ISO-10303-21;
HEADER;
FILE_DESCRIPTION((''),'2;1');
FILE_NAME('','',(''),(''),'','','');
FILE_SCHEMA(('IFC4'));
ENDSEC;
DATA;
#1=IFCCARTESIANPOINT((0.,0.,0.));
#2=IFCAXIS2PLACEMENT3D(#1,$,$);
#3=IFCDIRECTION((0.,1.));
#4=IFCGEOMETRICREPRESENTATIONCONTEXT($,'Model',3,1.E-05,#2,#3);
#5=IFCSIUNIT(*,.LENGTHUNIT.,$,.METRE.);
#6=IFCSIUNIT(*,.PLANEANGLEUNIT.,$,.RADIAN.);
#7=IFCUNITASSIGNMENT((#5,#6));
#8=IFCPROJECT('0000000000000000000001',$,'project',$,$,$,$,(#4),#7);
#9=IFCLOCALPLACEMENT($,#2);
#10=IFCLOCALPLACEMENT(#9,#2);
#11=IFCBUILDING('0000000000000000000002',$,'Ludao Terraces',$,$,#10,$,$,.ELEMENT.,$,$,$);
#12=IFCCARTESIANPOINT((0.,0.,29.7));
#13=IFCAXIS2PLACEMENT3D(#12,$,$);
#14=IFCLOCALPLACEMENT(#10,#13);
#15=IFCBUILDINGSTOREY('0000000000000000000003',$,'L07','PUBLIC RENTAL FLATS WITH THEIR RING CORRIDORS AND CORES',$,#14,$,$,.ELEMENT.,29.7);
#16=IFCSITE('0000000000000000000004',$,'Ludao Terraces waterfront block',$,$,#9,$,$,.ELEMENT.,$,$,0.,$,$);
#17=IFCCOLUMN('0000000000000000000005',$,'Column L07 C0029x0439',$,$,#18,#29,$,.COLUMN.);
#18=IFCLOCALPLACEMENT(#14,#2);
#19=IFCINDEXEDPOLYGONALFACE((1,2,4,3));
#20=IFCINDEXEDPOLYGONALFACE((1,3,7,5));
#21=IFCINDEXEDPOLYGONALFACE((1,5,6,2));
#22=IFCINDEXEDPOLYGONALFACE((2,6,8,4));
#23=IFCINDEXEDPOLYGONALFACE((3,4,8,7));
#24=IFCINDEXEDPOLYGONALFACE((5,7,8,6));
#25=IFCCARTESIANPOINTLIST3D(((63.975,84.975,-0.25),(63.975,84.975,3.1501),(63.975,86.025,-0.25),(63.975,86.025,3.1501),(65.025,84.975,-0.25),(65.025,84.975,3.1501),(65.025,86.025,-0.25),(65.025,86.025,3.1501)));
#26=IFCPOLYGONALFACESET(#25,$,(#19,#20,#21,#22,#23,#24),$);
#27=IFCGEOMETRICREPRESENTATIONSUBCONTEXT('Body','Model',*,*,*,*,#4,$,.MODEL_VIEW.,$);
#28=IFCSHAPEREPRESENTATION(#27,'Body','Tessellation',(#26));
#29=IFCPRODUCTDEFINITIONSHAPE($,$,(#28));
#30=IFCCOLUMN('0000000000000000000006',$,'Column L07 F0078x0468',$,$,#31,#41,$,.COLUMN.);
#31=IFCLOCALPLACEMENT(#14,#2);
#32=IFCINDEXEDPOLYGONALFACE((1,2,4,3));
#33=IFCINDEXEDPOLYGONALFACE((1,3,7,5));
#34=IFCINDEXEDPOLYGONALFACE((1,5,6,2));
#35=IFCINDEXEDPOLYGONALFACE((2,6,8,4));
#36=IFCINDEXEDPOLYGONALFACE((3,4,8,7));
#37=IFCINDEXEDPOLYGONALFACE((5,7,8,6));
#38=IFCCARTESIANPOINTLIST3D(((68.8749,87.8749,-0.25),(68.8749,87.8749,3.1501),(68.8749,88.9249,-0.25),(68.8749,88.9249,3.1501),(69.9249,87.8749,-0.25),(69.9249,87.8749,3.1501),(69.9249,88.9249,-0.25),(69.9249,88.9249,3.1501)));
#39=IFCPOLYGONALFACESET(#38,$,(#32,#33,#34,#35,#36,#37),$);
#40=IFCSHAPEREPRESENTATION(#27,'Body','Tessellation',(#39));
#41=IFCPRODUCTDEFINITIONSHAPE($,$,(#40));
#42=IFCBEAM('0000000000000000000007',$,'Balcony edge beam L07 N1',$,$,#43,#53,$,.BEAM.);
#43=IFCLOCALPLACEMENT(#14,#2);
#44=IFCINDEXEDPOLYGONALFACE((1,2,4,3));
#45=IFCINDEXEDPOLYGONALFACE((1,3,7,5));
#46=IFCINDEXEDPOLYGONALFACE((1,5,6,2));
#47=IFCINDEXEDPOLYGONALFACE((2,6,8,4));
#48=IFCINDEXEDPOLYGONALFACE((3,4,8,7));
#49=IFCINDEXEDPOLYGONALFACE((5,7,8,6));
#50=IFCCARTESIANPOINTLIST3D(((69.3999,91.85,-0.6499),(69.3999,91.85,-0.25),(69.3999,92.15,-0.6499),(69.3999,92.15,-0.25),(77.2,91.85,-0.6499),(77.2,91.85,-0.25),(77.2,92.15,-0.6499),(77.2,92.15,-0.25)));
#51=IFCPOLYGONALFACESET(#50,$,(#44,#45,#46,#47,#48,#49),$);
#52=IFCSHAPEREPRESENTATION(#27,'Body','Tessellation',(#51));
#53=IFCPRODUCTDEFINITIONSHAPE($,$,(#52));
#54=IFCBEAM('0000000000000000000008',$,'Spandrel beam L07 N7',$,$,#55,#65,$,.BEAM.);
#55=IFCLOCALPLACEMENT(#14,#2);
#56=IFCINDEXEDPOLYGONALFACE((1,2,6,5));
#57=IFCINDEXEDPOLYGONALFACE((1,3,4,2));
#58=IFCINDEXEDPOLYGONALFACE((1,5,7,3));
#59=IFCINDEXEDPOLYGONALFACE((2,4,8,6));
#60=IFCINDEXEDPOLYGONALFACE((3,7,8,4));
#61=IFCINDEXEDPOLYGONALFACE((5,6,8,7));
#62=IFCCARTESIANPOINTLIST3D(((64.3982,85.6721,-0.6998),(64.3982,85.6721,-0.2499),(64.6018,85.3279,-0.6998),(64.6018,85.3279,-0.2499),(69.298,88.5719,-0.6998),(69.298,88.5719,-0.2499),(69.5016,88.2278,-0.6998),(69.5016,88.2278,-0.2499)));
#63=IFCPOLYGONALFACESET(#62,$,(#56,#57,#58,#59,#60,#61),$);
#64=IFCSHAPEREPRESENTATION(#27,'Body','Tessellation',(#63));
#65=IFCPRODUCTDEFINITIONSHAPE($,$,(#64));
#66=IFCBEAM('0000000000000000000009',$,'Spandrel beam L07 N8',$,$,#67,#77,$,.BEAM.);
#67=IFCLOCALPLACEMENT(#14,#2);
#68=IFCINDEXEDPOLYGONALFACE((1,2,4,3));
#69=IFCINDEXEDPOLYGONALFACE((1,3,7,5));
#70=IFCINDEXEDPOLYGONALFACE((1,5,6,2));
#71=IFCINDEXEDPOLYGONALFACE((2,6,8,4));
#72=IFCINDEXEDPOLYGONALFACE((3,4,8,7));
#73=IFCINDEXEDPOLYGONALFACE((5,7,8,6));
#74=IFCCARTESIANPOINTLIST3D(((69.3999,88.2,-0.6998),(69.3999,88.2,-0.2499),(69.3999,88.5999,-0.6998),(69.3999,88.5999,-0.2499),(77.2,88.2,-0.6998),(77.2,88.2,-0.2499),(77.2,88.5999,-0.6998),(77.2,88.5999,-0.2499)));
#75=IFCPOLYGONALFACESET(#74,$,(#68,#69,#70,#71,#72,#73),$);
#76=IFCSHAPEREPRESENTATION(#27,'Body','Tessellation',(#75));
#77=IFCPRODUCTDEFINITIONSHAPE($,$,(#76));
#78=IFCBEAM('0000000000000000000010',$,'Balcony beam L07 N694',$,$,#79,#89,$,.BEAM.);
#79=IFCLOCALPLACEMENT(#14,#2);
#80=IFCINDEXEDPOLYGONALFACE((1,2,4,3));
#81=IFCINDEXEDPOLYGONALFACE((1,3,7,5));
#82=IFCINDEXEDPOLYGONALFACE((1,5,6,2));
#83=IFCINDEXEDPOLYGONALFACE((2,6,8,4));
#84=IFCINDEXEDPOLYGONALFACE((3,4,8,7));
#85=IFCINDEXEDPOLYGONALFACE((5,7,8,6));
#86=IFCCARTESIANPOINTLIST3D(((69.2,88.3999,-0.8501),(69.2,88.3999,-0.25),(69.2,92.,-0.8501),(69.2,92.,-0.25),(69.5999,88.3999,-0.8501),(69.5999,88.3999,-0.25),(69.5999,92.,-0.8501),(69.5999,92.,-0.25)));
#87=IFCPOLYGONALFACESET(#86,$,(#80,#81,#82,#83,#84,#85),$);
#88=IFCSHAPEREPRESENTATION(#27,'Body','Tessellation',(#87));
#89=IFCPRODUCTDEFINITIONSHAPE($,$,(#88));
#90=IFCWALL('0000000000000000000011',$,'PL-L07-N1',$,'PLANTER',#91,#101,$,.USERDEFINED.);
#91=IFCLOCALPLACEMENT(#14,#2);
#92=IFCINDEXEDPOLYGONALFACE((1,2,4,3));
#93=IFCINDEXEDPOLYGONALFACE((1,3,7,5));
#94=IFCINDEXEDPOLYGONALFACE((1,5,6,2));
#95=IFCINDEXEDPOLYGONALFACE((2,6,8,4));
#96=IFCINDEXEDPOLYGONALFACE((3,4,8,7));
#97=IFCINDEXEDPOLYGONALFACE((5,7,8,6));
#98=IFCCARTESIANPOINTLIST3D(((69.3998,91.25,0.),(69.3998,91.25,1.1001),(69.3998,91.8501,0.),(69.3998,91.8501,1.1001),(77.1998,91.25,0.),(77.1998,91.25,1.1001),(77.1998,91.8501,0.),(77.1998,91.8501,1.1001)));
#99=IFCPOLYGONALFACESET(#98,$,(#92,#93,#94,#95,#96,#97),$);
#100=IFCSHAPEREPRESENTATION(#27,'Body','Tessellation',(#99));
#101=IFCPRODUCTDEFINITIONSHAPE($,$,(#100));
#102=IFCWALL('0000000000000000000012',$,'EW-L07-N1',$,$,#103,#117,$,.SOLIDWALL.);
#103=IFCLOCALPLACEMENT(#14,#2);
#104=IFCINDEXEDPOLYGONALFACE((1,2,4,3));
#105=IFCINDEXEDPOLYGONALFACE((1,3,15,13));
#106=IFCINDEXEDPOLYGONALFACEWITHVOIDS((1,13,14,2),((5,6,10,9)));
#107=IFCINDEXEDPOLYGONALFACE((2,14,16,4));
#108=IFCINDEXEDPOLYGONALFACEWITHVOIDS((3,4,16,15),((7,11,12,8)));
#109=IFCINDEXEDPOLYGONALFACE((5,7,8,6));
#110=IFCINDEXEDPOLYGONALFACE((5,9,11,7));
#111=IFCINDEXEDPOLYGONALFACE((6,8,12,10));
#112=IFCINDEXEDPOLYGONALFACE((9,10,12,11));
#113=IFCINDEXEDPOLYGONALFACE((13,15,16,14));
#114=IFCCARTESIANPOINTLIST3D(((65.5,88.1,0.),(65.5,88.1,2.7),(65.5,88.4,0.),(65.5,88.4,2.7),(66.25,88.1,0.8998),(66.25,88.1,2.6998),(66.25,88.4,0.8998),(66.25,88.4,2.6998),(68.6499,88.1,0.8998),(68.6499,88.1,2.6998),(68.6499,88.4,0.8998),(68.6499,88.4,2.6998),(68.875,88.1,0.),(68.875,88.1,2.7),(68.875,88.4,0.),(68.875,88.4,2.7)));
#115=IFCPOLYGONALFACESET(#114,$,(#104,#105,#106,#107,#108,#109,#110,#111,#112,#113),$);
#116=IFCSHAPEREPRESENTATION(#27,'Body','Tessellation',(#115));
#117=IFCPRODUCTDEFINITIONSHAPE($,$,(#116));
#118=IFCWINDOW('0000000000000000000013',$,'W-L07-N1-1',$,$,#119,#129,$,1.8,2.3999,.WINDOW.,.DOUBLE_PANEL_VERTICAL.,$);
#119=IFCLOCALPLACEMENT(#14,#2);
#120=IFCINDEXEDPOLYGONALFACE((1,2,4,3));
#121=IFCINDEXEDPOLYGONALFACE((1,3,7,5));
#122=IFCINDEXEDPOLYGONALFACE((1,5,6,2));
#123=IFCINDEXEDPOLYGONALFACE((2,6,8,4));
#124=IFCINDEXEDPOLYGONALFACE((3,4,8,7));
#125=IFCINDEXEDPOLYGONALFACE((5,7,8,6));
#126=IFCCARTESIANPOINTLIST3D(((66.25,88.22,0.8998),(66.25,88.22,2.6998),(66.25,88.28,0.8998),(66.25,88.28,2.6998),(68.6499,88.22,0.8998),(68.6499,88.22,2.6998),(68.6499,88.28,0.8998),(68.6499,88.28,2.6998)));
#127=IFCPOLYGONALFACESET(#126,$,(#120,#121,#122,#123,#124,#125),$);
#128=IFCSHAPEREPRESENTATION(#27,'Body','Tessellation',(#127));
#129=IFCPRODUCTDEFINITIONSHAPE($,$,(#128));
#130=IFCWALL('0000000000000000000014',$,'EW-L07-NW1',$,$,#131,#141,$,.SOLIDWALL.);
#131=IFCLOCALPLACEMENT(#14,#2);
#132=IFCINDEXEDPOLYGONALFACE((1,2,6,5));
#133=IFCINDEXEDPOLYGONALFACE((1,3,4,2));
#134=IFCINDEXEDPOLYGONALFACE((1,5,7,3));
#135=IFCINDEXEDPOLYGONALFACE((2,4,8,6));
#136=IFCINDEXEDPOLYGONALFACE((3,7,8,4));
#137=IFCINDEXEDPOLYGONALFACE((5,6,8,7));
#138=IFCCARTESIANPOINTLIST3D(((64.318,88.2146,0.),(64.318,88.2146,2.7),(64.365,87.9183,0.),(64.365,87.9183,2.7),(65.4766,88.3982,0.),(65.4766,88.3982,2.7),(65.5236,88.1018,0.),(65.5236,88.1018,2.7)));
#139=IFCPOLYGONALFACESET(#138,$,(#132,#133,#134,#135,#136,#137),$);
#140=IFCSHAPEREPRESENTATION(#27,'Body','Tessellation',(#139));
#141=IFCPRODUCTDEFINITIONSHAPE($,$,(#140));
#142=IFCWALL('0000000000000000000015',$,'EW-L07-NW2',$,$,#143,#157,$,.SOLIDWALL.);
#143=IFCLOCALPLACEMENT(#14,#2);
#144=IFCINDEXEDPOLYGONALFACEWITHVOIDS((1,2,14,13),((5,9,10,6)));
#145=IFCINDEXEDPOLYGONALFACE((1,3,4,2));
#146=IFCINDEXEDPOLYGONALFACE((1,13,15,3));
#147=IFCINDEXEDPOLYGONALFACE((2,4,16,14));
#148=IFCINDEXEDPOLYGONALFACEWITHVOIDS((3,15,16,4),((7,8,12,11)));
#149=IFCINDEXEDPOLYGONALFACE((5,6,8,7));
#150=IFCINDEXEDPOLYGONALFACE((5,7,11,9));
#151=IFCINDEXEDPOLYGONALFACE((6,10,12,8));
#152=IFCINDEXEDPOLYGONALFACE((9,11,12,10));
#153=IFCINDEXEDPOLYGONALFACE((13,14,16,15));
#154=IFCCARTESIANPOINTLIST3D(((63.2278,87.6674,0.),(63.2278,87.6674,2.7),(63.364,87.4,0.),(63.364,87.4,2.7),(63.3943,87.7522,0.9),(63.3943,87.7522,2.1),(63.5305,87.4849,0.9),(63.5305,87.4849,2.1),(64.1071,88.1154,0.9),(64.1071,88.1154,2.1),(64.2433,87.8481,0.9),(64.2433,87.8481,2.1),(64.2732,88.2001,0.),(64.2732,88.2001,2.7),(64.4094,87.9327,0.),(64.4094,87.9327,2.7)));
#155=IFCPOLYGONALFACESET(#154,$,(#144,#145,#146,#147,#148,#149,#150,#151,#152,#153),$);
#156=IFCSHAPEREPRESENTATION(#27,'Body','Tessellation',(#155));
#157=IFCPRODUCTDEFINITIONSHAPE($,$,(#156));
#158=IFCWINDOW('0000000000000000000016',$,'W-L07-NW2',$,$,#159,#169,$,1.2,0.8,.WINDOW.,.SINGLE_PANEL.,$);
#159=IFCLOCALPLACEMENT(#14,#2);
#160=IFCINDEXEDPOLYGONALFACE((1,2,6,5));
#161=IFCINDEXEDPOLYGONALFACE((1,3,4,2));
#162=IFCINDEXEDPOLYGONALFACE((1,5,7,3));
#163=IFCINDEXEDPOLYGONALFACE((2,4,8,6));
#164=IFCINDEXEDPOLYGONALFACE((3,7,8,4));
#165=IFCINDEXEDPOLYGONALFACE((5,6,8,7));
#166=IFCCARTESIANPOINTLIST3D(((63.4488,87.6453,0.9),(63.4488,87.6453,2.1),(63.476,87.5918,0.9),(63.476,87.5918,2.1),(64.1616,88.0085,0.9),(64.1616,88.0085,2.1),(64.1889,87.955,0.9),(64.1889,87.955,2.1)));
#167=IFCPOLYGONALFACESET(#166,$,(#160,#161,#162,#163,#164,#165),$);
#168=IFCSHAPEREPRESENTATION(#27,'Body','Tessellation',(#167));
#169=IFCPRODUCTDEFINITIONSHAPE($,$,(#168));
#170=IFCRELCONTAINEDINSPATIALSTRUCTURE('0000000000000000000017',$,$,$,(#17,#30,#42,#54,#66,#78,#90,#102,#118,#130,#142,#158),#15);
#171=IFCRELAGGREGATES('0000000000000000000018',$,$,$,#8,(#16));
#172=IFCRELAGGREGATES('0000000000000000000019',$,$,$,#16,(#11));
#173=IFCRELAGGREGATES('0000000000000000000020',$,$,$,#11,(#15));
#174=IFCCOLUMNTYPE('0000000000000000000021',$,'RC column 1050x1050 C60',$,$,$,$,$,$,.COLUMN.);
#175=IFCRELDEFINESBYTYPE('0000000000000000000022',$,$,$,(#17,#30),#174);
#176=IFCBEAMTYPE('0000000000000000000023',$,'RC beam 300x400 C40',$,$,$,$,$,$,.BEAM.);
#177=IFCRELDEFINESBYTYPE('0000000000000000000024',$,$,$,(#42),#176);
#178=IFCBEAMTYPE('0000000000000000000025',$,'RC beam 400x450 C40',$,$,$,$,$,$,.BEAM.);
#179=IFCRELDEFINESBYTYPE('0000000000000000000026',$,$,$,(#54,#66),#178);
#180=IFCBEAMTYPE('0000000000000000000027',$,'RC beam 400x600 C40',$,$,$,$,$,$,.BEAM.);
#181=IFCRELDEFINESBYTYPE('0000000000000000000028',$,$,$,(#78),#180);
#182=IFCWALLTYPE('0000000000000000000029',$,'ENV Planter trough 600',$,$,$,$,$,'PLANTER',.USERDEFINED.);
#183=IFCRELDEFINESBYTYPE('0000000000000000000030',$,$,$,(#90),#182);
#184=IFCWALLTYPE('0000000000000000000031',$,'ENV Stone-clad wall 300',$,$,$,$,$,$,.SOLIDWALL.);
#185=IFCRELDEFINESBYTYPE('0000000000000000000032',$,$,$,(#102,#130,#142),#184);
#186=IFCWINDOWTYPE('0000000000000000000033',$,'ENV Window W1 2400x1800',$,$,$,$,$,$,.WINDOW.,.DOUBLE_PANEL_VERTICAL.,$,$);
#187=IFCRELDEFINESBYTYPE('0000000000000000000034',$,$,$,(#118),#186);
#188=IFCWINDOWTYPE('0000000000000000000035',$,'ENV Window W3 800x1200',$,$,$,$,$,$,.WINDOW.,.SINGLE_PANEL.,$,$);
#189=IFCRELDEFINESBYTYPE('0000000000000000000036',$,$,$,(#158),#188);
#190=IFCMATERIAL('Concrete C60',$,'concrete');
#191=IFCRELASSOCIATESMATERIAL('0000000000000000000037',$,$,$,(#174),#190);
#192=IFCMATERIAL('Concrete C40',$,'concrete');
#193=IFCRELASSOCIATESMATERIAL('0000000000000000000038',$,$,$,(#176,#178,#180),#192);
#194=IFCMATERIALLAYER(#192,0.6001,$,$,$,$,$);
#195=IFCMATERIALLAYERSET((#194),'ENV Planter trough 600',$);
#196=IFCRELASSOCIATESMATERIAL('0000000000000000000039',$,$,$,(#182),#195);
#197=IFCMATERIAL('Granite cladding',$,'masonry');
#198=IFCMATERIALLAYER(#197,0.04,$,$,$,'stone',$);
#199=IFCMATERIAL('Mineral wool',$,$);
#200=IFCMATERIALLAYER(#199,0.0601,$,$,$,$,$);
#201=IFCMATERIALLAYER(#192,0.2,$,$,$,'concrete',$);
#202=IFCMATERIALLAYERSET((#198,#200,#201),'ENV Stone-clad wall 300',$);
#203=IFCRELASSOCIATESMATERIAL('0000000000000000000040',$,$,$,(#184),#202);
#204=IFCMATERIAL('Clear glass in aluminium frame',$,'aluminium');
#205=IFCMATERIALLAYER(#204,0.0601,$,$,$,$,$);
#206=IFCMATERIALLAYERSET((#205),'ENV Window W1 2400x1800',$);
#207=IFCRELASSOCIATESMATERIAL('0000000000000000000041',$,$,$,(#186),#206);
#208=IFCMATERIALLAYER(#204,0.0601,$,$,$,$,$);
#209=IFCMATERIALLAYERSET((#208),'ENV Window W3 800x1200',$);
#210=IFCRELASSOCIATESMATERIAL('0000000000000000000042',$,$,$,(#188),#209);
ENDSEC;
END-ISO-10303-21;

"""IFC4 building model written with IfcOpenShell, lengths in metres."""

from ifc_helpers import new_model, si_unit, direction, frame, frame_2d, origin, origin_2d, place, context, subcontext, project, spatial, rectangle, extrude, material, layer, layer_set, material_profile, profile_set, type_object, element, fill, save


model = new_model("IFC4")

# Units and contexts
model_context = context("Model", 3, precision=1e-05, world=origin(), true_north=direction((0.0, 1.0)))
body_context = subcontext(model_context, "Body", "Model", "MODEL_VIEW")
ifc_project = project(units=[si_unit("LENGTHUNIT", "METRE"), si_unit("PLANEANGLEUNIT", "RADIAN")], contexts=[model_context])

# Site, building, storey
site_placement = place(None, origin())
site = spatial("IfcSite", under=ifc_project, at=site_placement, Name="Ludao Terraces waterfront block", CompositionType="ELEMENT", RefElevation=0.0)
building_placement = place(site_placement, origin())
building = spatial("IfcBuilding", under=site, at=building_placement, Name="Ludao Terraces", CompositionType="ELEMENT")
storey_placement = place(building_placement, frame((0.0, 0.0, 29.7)))
storey = spatial("IfcBuildingStorey", under=building, at=storey_placement, Name="L07", Description="PUBLIC RENTAL FLATS WITH THEIR RING CORRIDORS AND CORES", CompositionType="ELEMENT", Elevation=29.7)

# Columns
ifc_material_1 = material(Name="Concrete C60", Category="concrete")
ifc_material_profile_1 = material_profile(ifc_material_1, rectangle(XDim=1.05, YDim=1.05, at=origin_2d()), Name="1050 X 1050")
ifc_profile_set_1 = profile_set([ifc_material_profile_1], Name="Concrete C60")
column_type = type_object("IfcColumnType", Name="RC column 1050x1050 C60", PredefinedType="COLUMN", material=ifc_profile_set_1)
for number, where, z_axis, x_axis, name in (
    (1, (64.5, 85.5, -0.25), (0.0, 0.0, 1.0), (1.0, 0.0, 0.0), "Column L07 C0029x0439"),
    (2, (69.3999, 88.3999, -0.25), (0.0, 0.0, 1.0), (1.0, 0.0, 0.0), "Column L07 F0078x0468"),
):
    element("IfcColumn", number, at=place(storey_placement, frame(where, z_axis=z_axis, x_axis=x_axis)), inside=storey, type_object=column_type, Name=name, PredefinedType="COLUMN", context=body_context, shape_type="SweptSolid", body=[
        extrude(rectangle(XDim=1.05, YDim=1.05, at=origin_2d()), origin(), (0.0, 0.0, 1.0), 3.4001),
    ])

# Beams
ifc_material_2 = material(Name="Concrete C40", Category="concrete")
ifc_material_profile_2 = material_profile(ifc_material_2, rectangle(XDim=0.3, YDim=0.3999, at=origin_2d()), Name="300 X 400")
ifc_profile_set_2 = profile_set([ifc_material_profile_2], Name="Concrete C40")
beam_type_1 = type_object("IfcBeamType", Name="RC beam 300x400 C40", PredefinedType="BEAM", material=ifc_profile_set_2)
beam_1_placement = place(storey_placement, frame((69.3999, 92.0, -0.45), z_axis=(1.0, 0.0, 0.0), x_axis=(0.0, 1.0, 0.0)))
element("IfcBeam", 3, at=beam_1_placement, inside=storey, type_object=beam_type_1, Name="Balcony edge beam L07 N1", PredefinedType="BEAM", context=body_context, shape_type="SweptSolid", body=[
    extrude(rectangle(XDim=0.3, YDim=0.3999, at=origin_2d()), origin(), (0.0, 0.0, 1.0), 7.8),
])
ifc_material_profile_3 = material_profile(ifc_material_2, rectangle(XDim=0.3999, YDim=0.45, at=origin_2d()), Name="400 X 450")
ifc_profile_set_3 = profile_set([ifc_material_profile_3], Name="Concrete C40")
beam_type_2 = type_object("IfcBeamType", Name="RC beam 400x450 C40", PredefinedType="BEAM", material=ifc_profile_set_3)
beam_2_placement = place(storey_placement, frame((64.5, 85.5, -0.4749), z_axis=(0.86058, 0.509316, 0.0), x_axis=(-0.509316, 0.86058, 0.0)))
element("IfcBeam", 4, at=beam_2_placement, inside=storey, type_object=beam_type_2, Name="Spandrel beam L07 N7", PredefinedType="BEAM", context=body_context, shape_type="SweptSolid", body=[
    extrude(rectangle(XDim=0.3999, YDim=0.45, at=origin_2d()), origin(), (0.0, 0.0, 1.0), 5.6936),
])
beam_3_placement = place(storey_placement, frame((69.3999, 88.3999, -0.4749), z_axis=(1.0, 0.0, 0.0), x_axis=(0.0, 1.0, 0.0)))
element("IfcBeam", 5, at=beam_3_placement, inside=storey, type_object=beam_type_2, Name="Spandrel beam L07 N8", PredefinedType="BEAM", context=body_context, shape_type="SweptSolid", body=[
    extrude(rectangle(XDim=0.3999, YDim=0.45, at=origin_2d()), origin(), (0.0, 0.0, 1.0), 7.8),
])
ifc_material_profile_4 = material_profile(ifc_material_2, rectangle(XDim=0.3999, YDim=0.6001, at=origin_2d()), Name="400 X 600")
ifc_profile_set_4 = profile_set([ifc_material_profile_4], Name="Concrete C40")
beam_type_3 = type_object("IfcBeamType", Name="RC beam 400x600 C40", PredefinedType="BEAM", material=ifc_profile_set_4)
beam_4_placement = place(storey_placement, frame((69.3999, 88.3999, -0.55), z_axis=(0.0, 1.0, 0.0), x_axis=(-1.0, 0.0, 0.0)))
element("IfcBeam", 6, at=beam_4_placement, inside=storey, type_object=beam_type_3, Name="Balcony beam L07 N694", PredefinedType="BEAM", context=body_context, shape_type="SweptSolid", body=[
    extrude(rectangle(XDim=0.3999, YDim=0.6001, at=origin_2d()), origin(), (0.0, 0.0, 1.0), 3.6001),
])

# Wall
ifc_layer_1 = layer(ifc_material_2, 0.6001)
ifc_layer_set_1 = layer_set([ifc_layer_1], Name="ENV Planter trough 600")
wall_type_1 = type_object("IfcWallType", Name="ENV Planter trough 600", ElementType="PLANTER", PredefinedType="USERDEFINED", material=ifc_layer_set_1)
wall_1_placement = place(storey_placement, frame((69.3999, 91.55, 0.0), z_axis=(0.0, 0.0, 1.0), x_axis=(1.0, 0.0, 0.0)))
element("IfcWall", 7, at=wall_1_placement, inside=storey, type_object=wall_type_1, Name="PL-L07-N1", ObjectType="PLANTER", PredefinedType="USERDEFINED", context=body_context, shape_type="SweptSolid", body=[
    extrude(rectangle(XDim=7.8, YDim=0.6001, at=frame_2d((3.8999, 0.0))), origin(), (0.0, 0.0, 1.0), 1.1001),
])

# Wall, opening, window
ifc_material_3 = material(Name="Granite cladding", Category="masonry")
ifc_layer_2 = layer(ifc_material_3, 0.04, Category="stone")
ifc_material_4 = material(Name="Mineral wool")
ifc_layer_3 = layer(ifc_material_4, 0.0601)
ifc_layer_4 = layer(ifc_material_2, 0.2, Category="concrete")
ifc_layer_set_2 = layer_set([ifc_layer_2, ifc_layer_3, ifc_layer_4], Name="ENV Stone-clad wall 300")
wall_type_2 = type_object("IfcWallType", Name="ENV Stone-clad wall 300", PredefinedType="SOLIDWALL", material=ifc_layer_set_2)
wall_2_placement = place(storey_placement, frame((65.5, 88.25, 0.0), z_axis=(0.0, 0.0, 1.0), x_axis=(1.0, 0.0, 0.0)))
wall_2 = element("IfcWall", 8, at=wall_2_placement, inside=storey, type_object=wall_type_2, Name="EW-L07-N1", PredefinedType="SOLIDWALL", context=body_context, shape_type="SweptSolid", body=[
    extrude(rectangle(XDim=3.375, YDim=0.3, at=frame_2d((1.6875, 0.0))), origin(), (0.0, 0.0, 1.0), 2.7),
])
opening_1_placement = place(wall_2_placement, frame((0.75, 0.0, 0.8999)))
opening_1 = element("IfcOpeningElement", 9, at=opening_1_placement, cuts=wall_2, PredefinedType="OPENING", context=body_context, shape_type="SweptSolid", body=[
    extrude(rectangle(XDim=2.3999, YDim=1.8, at=frame_2d((1.2, 0.8999))), frame((0.0, 0.1602, 0.0), z_axis=(0.0, -1.0, 0.0), x_axis=(1.0, 0.0, 0.0)), (0.0, 0.0, 1.0), 0.3201),
])
ifc_material_5 = material(Name="Clear glass in aluminium frame", Category="aluminium")
ifc_layer_5 = layer(ifc_material_5, 0.0601)
ifc_layer_set_3 = layer_set([ifc_layer_5], Name="ENV Window W1 2400x1800")
window_type_1 = type_object("IfcWindowType", Name="ENV Window W1 2400x1800", PartitioningType="DOUBLE_PANEL_VERTICAL", PredefinedType="WINDOW", material=ifc_layer_set_3)
window_1_placement = place(opening_1_placement, origin())
window_1 = element("IfcWindow", 10, at=window_1_placement, inside=storey, type_object=window_type_1, Name="W-L07-N1-1", OverallHeight=1.8, OverallWidth=2.3999, PartitioningType="DOUBLE_PANEL_VERTICAL", PredefinedType="WINDOW", context=body_context, shape_type="SweptSolid", body=[
    extrude(rectangle(XDim=2.3999, YDim=1.8, at=frame_2d((1.2, 0.8999))), frame((0.0, 0.03, 0.0), z_axis=(0.0, -1.0, 0.0), x_axis=(1.0, 0.0, 0.0)), (0.0, 0.0, 1.0), 0.0601),
])
fill(opening_1, window_1)

# Wall
wall_3_placement = place(storey_placement, frame((65.5, 88.25, 0.0), z_axis=(0.0, 0.0, 1.0), x_axis=(-0.987678, -0.156497, 0.0)))
element("IfcWall", 11, at=wall_3_placement, inside=storey, type_object=wall_type_2, Name="EW-L07-NW1", PredefinedType="SOLIDWALL", context=body_context, shape_type="SweptSolid", body=[
    extrude(rectangle(XDim=1.1731, YDim=0.3, at=frame_2d((0.5864, 0.0))), origin(), (0.0, 0.0, 1.0), 2.7),
])

# Wall, opening, window
wall_4_placement = place(storey_placement, frame((64.3413, 88.0664, 0.0), z_axis=(0.0, 0.0, 1.0), x_axis=(-0.890989, -0.454026, 0.0)))
wall_4 = element("IfcWall", 12, at=wall_4_placement, inside=storey, type_object=wall_type_2, Name="EW-L07-NW2", PredefinedType="SOLIDWALL", context=body_context, shape_type="SweptSolid", body=[
    extrude(rectangle(XDim=1.1733, YDim=0.3, at=frame_2d((0.5867, 0.0))), origin(), (0.0, 0.0, 1.0), 2.7),
])
opening_2_placement = place(wall_4_placement, frame((0.1865, 0.0, 0.8999)))
opening_2 = element("IfcOpeningElement", 13, at=opening_2_placement, cuts=wall_4, PredefinedType="OPENING", context=body_context, shape_type="SweptSolid", body=[
    extrude(rectangle(XDim=0.8, YDim=1.2, at=frame_2d((0.3999, 0.6001))), frame((0.0, 0.1602, 0.0), z_axis=(0.0, -1.0, 0.0), x_axis=(1.0, 0.0, 0.0)), (0.0, 0.0, 1.0), 0.3201),
])
ifc_layer_6 = layer(ifc_material_5, 0.0601)
ifc_layer_set_4 = layer_set([ifc_layer_6], Name="ENV Window W3 800x1200")
window_type_2 = type_object("IfcWindowType", Name="ENV Window W3 800x1200", PartitioningType="SINGLE_PANEL", PredefinedType="WINDOW", material=ifc_layer_set_4)
window_2_placement = place(opening_2_placement, origin())
window_2 = element("IfcWindow", 14, at=window_2_placement, inside=storey, type_object=window_type_2, Name="W-L07-NW2", OverallHeight=1.2, OverallWidth=0.8, PartitioningType="SINGLE_PANEL", PredefinedType="WINDOW", context=body_context, shape_type="SweptSolid", body=[
    extrude(rectangle(XDim=0.8, YDim=1.2, at=frame_2d((0.3999, 0.6001))), frame((0.0, 0.03, 0.0), z_axis=(0.0, -1.0, 0.0), x_axis=(1.0, 0.0, 0.0)), (0.0, 0.0, 1.0), 0.0601),
])
fill(opening_2, window_2)

save(model, "model.ifc")
